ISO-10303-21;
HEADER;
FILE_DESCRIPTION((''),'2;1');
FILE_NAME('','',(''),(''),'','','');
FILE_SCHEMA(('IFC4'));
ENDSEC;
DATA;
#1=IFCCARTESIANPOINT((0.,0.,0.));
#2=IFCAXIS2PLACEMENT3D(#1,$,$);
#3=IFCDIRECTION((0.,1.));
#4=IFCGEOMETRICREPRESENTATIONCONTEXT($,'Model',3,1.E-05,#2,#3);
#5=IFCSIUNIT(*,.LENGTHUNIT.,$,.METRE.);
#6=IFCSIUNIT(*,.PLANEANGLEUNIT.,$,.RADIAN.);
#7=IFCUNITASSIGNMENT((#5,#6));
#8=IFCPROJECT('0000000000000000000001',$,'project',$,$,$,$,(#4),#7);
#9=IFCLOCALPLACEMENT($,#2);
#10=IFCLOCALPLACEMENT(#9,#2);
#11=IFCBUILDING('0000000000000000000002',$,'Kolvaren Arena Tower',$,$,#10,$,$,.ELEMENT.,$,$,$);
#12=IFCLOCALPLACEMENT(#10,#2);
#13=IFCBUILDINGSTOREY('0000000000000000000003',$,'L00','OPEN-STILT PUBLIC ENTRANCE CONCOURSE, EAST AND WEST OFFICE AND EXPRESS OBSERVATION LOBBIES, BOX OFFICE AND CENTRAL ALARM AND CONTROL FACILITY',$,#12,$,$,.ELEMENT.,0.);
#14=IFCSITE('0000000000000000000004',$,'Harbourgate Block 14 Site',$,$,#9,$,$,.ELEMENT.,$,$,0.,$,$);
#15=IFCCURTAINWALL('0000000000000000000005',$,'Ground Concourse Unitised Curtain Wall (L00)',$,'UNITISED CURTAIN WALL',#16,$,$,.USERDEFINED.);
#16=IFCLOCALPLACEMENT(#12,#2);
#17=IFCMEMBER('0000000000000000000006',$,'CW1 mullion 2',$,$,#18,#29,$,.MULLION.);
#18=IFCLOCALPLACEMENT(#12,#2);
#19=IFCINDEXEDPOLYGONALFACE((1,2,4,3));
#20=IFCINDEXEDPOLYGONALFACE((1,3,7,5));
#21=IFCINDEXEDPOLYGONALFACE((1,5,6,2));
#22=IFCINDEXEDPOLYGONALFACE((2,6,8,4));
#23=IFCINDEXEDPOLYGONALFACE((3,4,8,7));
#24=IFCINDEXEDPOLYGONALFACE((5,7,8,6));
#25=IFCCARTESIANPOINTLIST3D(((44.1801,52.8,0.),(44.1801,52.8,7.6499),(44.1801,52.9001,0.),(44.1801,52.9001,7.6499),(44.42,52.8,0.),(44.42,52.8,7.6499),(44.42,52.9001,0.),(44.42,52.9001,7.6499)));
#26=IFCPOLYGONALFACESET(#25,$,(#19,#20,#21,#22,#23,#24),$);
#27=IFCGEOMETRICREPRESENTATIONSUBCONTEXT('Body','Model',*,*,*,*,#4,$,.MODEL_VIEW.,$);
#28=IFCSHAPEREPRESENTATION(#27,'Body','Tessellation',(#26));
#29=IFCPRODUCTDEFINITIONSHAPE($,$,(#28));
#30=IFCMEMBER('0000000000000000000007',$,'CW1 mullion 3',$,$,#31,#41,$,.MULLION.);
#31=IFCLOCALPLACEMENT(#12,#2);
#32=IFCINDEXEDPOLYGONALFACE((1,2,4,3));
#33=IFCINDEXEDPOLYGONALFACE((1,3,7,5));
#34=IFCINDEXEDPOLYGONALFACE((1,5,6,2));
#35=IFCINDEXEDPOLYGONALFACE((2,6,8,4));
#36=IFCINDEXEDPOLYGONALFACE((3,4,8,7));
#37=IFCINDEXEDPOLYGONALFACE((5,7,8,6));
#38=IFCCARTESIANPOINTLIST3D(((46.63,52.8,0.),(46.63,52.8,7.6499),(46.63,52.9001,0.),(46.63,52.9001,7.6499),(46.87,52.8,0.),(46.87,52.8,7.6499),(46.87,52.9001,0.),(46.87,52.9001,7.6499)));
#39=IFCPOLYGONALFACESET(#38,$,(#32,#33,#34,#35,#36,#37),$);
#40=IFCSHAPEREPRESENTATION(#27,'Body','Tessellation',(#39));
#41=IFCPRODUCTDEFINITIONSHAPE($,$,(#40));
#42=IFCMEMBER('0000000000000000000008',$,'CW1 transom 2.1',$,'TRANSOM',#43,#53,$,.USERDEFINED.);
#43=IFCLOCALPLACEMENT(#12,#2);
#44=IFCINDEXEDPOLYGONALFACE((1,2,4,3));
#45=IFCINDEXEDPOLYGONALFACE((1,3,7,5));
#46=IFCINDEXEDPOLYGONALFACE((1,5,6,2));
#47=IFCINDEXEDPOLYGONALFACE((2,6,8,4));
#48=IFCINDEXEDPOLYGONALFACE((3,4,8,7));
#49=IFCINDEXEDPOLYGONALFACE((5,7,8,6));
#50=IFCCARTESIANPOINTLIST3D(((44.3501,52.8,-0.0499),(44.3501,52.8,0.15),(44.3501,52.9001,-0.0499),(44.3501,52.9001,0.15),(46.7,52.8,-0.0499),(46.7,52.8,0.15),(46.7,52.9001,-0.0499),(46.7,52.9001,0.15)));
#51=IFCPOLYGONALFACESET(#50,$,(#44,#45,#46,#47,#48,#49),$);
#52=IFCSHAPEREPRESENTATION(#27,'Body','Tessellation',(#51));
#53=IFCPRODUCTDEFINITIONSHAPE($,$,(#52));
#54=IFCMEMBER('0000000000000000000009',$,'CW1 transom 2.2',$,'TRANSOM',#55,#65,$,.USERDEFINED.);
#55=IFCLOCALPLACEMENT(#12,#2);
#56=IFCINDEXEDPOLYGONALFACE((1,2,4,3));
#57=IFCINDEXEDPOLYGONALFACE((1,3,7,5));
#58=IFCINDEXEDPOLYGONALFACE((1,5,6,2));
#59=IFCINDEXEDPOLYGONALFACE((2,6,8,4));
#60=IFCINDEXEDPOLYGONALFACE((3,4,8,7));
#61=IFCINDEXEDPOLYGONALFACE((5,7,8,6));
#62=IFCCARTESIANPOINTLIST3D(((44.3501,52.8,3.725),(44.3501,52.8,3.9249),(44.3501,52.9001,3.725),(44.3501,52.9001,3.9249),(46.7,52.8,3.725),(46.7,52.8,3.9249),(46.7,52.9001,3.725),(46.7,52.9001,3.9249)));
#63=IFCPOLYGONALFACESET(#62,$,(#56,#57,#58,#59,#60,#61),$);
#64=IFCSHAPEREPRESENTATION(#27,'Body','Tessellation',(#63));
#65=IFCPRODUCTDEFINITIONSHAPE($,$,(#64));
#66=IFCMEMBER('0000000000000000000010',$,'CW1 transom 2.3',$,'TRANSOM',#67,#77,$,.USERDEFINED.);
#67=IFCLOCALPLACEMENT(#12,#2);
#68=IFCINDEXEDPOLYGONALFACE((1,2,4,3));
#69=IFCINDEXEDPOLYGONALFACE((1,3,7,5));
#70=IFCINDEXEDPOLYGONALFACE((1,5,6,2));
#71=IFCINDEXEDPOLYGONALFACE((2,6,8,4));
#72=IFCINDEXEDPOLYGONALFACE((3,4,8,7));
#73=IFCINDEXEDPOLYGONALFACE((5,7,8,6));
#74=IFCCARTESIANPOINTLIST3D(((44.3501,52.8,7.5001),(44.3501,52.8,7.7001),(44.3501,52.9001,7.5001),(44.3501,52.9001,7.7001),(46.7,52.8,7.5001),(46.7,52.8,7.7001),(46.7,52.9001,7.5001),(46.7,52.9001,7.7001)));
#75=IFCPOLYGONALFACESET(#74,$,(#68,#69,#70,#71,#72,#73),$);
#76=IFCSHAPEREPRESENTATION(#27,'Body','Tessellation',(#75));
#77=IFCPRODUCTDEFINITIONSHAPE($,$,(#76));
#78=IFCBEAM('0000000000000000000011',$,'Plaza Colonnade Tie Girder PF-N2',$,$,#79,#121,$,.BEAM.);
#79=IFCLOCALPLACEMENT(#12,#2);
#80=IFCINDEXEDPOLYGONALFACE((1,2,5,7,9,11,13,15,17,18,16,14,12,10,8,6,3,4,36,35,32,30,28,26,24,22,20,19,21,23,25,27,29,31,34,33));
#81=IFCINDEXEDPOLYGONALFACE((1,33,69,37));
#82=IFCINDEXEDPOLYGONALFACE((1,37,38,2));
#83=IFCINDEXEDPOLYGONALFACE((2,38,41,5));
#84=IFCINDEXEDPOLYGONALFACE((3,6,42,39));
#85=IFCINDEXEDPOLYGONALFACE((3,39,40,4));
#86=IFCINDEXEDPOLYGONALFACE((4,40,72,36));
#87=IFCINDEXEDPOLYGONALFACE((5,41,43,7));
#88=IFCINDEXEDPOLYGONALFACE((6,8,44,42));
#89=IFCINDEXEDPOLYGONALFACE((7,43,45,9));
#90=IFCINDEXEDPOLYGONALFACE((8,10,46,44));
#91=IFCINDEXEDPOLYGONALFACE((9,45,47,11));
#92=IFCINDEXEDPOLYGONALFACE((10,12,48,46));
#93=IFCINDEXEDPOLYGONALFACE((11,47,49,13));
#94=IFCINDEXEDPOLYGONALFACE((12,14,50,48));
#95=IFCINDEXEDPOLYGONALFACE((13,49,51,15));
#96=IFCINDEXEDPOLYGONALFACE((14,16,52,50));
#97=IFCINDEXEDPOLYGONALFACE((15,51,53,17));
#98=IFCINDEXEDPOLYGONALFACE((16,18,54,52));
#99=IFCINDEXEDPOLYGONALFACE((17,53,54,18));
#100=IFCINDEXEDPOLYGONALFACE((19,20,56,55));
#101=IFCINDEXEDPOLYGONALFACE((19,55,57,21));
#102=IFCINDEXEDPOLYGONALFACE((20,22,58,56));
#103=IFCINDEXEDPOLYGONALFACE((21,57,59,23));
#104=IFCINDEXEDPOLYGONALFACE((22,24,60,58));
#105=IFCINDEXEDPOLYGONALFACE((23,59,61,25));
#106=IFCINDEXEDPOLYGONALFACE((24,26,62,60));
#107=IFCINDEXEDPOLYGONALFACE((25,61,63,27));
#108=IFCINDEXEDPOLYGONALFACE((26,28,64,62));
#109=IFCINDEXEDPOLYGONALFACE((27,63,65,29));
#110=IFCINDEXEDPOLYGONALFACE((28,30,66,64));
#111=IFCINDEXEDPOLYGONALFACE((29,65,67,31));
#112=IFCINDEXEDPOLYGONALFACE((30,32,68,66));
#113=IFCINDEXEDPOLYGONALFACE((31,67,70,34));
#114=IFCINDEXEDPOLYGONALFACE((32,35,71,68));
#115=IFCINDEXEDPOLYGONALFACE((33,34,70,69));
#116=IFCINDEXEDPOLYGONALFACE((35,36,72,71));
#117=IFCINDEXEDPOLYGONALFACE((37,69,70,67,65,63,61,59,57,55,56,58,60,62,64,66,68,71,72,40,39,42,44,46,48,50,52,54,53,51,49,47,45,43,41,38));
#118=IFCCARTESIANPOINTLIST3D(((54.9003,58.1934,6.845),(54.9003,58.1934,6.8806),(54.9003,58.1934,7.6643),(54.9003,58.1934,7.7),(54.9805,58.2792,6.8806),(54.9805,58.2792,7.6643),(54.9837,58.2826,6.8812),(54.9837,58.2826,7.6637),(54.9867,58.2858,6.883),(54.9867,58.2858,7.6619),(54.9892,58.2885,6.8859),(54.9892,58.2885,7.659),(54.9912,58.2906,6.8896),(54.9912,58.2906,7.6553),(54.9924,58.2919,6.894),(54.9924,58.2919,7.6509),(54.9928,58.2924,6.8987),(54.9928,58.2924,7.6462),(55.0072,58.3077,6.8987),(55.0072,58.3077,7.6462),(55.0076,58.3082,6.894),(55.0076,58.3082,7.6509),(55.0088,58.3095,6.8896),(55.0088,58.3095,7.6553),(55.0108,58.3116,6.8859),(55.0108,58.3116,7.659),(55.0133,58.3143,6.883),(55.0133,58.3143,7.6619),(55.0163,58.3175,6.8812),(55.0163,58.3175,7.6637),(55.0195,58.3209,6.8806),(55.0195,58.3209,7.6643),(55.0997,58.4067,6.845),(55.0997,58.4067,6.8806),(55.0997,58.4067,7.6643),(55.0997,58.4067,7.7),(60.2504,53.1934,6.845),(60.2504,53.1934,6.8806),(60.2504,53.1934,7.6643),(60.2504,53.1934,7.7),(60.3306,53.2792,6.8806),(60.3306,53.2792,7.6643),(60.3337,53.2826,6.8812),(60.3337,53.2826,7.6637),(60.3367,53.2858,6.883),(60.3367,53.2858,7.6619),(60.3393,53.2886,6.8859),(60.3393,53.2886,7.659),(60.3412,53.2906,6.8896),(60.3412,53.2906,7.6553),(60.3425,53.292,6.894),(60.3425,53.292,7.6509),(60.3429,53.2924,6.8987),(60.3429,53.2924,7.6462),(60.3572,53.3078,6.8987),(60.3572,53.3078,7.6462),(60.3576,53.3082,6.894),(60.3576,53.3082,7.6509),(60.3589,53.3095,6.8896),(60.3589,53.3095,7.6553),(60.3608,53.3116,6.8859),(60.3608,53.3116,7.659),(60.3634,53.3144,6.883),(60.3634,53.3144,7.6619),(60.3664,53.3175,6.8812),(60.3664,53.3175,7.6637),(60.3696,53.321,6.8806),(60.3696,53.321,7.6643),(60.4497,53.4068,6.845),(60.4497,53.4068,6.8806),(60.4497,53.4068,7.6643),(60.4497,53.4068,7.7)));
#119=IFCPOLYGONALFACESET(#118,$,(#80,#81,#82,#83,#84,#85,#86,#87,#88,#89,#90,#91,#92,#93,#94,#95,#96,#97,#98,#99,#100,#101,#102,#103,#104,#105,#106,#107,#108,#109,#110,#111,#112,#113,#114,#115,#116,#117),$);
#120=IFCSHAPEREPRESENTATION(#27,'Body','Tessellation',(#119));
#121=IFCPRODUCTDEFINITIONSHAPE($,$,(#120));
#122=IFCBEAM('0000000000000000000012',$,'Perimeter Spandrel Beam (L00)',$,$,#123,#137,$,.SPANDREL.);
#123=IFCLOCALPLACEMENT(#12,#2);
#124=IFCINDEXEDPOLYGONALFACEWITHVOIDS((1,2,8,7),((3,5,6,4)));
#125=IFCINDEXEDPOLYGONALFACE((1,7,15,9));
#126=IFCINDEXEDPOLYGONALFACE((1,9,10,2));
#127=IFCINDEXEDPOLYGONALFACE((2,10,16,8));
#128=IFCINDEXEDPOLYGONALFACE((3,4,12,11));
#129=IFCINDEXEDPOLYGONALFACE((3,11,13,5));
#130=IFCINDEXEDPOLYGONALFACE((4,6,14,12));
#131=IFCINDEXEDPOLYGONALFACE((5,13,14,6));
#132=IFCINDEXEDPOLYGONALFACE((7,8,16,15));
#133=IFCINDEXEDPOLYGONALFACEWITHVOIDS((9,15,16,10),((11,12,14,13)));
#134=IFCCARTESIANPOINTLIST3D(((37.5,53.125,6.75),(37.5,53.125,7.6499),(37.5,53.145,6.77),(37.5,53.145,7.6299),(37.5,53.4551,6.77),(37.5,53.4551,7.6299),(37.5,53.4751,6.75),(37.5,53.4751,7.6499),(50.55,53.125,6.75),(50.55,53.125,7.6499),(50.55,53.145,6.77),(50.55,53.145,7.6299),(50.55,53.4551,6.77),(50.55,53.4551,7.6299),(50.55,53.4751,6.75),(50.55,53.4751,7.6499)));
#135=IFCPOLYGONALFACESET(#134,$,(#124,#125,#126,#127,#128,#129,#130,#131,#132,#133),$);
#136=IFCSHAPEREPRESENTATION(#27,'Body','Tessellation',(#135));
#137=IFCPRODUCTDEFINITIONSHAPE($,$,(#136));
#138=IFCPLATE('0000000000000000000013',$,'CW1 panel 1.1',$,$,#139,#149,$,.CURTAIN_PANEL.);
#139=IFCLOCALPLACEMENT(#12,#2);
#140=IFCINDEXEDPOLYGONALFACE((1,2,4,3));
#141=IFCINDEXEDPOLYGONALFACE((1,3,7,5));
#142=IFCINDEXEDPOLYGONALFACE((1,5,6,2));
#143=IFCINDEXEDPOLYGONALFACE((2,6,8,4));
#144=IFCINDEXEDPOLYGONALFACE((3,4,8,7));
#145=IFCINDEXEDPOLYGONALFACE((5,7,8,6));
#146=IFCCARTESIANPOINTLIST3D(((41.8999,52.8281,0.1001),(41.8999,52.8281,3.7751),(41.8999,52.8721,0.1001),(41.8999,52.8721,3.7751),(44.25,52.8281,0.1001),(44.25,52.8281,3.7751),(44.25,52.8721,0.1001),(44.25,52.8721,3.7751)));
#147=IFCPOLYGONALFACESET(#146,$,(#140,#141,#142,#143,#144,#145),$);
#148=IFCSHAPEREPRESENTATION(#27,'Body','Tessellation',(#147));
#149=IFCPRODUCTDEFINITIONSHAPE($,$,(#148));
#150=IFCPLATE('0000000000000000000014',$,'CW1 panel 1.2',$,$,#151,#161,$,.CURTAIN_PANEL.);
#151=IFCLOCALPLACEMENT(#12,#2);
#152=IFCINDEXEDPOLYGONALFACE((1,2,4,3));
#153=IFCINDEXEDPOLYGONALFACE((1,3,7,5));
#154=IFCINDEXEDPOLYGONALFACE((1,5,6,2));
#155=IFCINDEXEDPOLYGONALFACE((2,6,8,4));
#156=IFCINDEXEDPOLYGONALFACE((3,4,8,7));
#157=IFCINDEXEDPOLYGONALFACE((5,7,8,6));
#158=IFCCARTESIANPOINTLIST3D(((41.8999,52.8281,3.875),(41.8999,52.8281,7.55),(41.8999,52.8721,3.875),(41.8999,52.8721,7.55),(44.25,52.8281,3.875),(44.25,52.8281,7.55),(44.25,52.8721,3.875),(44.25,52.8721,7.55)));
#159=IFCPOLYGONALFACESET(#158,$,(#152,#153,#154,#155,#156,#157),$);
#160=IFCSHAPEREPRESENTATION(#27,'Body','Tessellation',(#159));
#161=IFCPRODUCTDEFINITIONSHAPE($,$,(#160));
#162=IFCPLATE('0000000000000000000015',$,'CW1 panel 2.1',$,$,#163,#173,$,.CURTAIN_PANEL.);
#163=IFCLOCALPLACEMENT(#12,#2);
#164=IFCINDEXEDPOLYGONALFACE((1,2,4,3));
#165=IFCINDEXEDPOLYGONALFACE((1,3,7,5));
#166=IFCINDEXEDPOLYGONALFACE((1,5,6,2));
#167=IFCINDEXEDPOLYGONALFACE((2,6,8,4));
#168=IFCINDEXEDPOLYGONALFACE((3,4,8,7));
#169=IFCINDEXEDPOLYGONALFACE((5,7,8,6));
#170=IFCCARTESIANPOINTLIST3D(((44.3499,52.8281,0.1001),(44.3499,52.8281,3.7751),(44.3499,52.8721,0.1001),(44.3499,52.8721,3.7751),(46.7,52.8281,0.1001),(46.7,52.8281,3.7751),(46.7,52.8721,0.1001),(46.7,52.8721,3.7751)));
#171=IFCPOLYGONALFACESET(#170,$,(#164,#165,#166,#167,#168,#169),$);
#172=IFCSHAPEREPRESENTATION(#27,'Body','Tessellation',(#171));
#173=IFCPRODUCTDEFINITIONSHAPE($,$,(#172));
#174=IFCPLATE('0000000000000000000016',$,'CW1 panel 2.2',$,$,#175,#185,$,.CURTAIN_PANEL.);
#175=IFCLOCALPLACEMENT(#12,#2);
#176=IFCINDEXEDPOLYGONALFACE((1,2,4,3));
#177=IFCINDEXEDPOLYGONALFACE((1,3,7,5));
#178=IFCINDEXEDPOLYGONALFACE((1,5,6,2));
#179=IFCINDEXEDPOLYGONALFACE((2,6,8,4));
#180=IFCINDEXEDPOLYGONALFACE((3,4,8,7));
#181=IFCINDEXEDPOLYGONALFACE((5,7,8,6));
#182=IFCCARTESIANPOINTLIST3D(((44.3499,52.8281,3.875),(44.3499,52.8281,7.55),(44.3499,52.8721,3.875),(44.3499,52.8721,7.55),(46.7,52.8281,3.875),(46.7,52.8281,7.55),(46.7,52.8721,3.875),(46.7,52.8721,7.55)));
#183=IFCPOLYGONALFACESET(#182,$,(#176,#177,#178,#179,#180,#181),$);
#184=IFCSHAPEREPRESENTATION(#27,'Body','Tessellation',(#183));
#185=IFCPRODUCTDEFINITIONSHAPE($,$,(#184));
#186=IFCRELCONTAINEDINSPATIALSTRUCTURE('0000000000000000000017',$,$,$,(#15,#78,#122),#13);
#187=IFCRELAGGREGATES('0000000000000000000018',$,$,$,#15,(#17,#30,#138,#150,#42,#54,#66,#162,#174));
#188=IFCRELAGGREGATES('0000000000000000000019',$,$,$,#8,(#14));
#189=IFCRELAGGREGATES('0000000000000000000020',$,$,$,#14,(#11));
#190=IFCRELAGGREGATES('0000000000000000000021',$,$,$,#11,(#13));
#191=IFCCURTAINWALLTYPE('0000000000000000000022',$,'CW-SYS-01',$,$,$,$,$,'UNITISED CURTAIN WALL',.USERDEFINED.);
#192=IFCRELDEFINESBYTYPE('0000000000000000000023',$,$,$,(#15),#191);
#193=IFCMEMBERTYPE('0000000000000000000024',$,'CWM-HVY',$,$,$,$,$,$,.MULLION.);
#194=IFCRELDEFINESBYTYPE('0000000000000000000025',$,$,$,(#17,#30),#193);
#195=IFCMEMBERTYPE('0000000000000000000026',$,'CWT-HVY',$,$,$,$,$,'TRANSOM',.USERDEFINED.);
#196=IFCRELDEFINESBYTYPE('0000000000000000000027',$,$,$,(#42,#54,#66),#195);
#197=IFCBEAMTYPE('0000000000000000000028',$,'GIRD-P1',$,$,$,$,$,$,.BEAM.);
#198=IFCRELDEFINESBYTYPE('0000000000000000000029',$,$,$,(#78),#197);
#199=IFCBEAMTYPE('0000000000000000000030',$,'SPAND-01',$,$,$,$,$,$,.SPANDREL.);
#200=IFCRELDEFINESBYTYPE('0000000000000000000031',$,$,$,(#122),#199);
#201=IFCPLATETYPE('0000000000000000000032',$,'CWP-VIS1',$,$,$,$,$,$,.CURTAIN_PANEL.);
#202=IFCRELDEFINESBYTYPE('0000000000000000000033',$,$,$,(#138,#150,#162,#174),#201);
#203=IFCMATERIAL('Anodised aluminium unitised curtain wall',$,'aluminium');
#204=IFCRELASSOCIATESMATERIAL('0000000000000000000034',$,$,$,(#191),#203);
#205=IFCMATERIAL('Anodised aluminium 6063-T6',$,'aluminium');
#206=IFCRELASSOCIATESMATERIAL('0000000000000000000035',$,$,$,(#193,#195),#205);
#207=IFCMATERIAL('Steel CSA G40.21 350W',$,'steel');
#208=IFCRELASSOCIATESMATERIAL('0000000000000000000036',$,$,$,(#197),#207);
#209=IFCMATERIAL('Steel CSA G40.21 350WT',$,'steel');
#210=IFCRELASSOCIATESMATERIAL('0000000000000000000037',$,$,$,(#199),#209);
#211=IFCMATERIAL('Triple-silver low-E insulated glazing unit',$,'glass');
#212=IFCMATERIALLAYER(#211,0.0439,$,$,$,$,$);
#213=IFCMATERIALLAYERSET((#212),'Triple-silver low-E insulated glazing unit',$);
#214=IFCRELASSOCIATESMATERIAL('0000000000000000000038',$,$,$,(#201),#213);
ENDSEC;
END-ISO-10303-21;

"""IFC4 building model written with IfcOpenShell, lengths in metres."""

from ifc_helpers import new_model, si_unit, direction, frame, origin, origin_2d, place, context, subcontext, project, spatial, rectangle, hollow_rectangle, i_section, extrude, material, layer, layer_set, material_profile, profile_set, type_object, element, aggregate, save


model = new_model("IFC4")

# Units and contexts
model_context = context("Model", 3, precision=1e-05, world=origin(), true_north=direction((0.0, 1.0)))
body_context = subcontext(model_context, "Body", "Model", "MODEL_VIEW")
ifc_project = project(units=[si_unit("LENGTHUNIT", "METRE"), si_unit("PLANEANGLEUNIT", "RADIAN")], contexts=[model_context])

# Site, building, storey
site_placement = place(None, origin())
site = spatial("IfcSite", under=ifc_project, at=site_placement, Name="Harbourgate Block 14 Site", CompositionType="ELEMENT", RefElevation=0.0)
building_placement = place(site_placement, origin())
building = spatial("IfcBuilding", under=site, at=building_placement, Name="Kolvaren Arena Tower", CompositionType="ELEMENT")
storey_placement = place(building_placement, origin())
storey = spatial("IfcBuildingStorey", under=building, at=storey_placement, Name="L00", Description="OPEN-STILT PUBLIC ENTRANCE CONCOURSE, EAST AND WEST OFFICE AND EXPRESS OBSERVATION LOBBIES, BOX OFFICE AND CENTRAL ALARM AND CONTROL FACILITY", CompositionType="ELEMENT", Elevation=0.0)

# Curtain wall, members
ifc_material_1 = material(Name="Anodised aluminium unitised curtain wall", Category="aluminium")
curtain_wall_type = type_object("IfcCurtainWallType", Name="CW-SYS-01", ElementType="UNITISED CURTAIN WALL", PredefinedType="USERDEFINED", material=ifc_material_1)
curtain_wall_placement = place(storey_placement, origin())
curtain_wall = element("IfcCurtainWall", 1, at=curtain_wall_placement, inside=storey, type_object=curtain_wall_type, Name="Ground Concourse Unitised Curtain Wall (L00)", ObjectType="UNITISED CURTAIN WALL", PredefinedType="USERDEFINED")
ifc_material_2 = material(Name="Anodised aluminium 6063-T6", Category="aluminium")
ifc_material_profile_1 = material_profile(ifc_material_2, rectangle(XDim=0.1001, YDim=0.24, at=origin_2d()), Name="ALU-100x240")
ifc_profile_set_1 = profile_set([ifc_material_profile_1], Name="Anodised aluminium 6063-T6")
member_type_1 = type_object("IfcMemberType", Name="CWM-HVY", PredefinedType="MULLION", material=ifc_profile_set_1)
member_1_placement = place(storey_placement, frame((44.3, 52.8501, 0.0), z_axis=(0.0, 0.0, 1.0), x_axis=(0.0, 1.0, 0.0)))
member_1 = element("IfcMember", 2, at=member_1_placement, type_object=member_type_1, Name="CW1 mullion 2", PredefinedType="MULLION", context=body_context, shape_type="SweptSolid", body=[
    extrude(rectangle(XDim=0.1001, YDim=0.24, at=origin_2d()), origin(), (0.0, 0.0, 1.0), 7.6499),
])
member_2_placement = place(storey_placement, frame((46.75, 52.8501, 0.0), z_axis=(0.0, 0.0, 1.0), x_axis=(0.0, 1.0, 0.0)))
member_2 = element("IfcMember", 3, at=member_2_placement, type_object=member_type_1, Name="CW1 mullion 3", PredefinedType="MULLION", context=body_context, shape_type="SweptSolid", body=[
    extrude(rectangle(XDim=0.1001, YDim=0.24, at=origin_2d()), origin(), (0.0, 0.0, 1.0), 7.6499),
])
ifc_material_profile_2 = material_profile(ifc_material_2, rectangle(XDim=0.1001, YDim=0.2, at=origin_2d()), Name="ALU-100x200")
ifc_profile_set_2 = profile_set([ifc_material_profile_2], Name="Anodised aluminium 6063-T6")
member_type_2 = type_object("IfcMemberType", Name="CWT-HVY", ElementType="TRANSOM", PredefinedType="USERDEFINED", material=ifc_profile_set_2)
member_3_placement = place(storey_placement, frame((44.3501, 52.8501, 0.05), z_axis=(1.0, 0.0, 0.0), x_axis=(0.0, 1.0, 0.0)))
member_3 = element("IfcMember", 4, at=member_3_placement, type_object=member_type_2, Name="CW1 transom 2.1", ObjectType="TRANSOM", PredefinedType="USERDEFINED", context=body_context, shape_type="SweptSolid", body=[
    extrude(rectangle(XDim=0.1001, YDim=0.2, at=origin_2d()), origin(), (0.0, 0.0, 1.0), 2.3499),
])
member_4_placement = place(storey_placement, frame((44.3501, 52.8501, 3.825), z_axis=(1.0, 0.0, 0.0), x_axis=(0.0, 1.0, 0.0)))
member_4 = element("IfcMember", 5, at=member_4_placement, type_object=member_type_2, Name="CW1 transom 2.2", ObjectType="TRANSOM", PredefinedType="USERDEFINED", context=body_context, shape_type="SweptSolid", body=[
    extrude(rectangle(XDim=0.1001, YDim=0.2, at=origin_2d()), origin(), (0.0, 0.0, 1.0), 2.3499),
])
member_5_placement = place(storey_placement, frame((44.3501, 52.8501, 7.6001), z_axis=(1.0, 0.0, 0.0), x_axis=(0.0, 1.0, 0.0)))
member_5 = element("IfcMember", 6, at=member_5_placement, type_object=member_type_2, Name="CW1 transom 2.3", ObjectType="TRANSOM", PredefinedType="USERDEFINED", context=body_context, shape_type="SweptSolid", body=[
    extrude(rectangle(XDim=0.1001, YDim=0.2, at=origin_2d()), origin(), (0.0, 0.0, 1.0), 2.3499),
])

# Beams
ifc_material_3 = material(Name="Steel CSA G40.21 350W", Category="steel")
ifc_material_profile_3 = material_profile(ifc_material_3, i_section(OverallWidth=0.292, OverallDepth=0.855, WebThickness=0.021, FlangeThickness=0.0356, FilletRadius=0.0181, at=origin_2d()), Name="W840x299")
ifc_profile_set_3 = profile_set([ifc_material_profile_3], Name="Steel CSA G40.21 350W")
beam_type_1 = type_object("IfcBeamType", Name="GIRD-P1", PredefinedType="BEAM", material=ifc_profile_set_3)
beam_1_placement = place(storey_placement, frame((55.0, 58.3, 7.2725), z_axis=(0.730607, -0.682798, 0.0), x_axis=(0.682798, 0.730607, 0.0)))
element("IfcBeam", 7, at=beam_1_placement, inside=storey, type_object=beam_type_1, Name="Plaza Colonnade Tie Girder PF-N2", PredefinedType="BEAM", context=body_context, shape_type="SweptSolid", body=[
    extrude(i_section(OverallWidth=0.292, OverallDepth=0.855, WebThickness=0.021, FlangeThickness=0.0356, FilletRadius=0.0181, at=origin_2d()), origin(), (0.0, 0.0, 1.0), 7.3228),
])
ifc_material_4 = material(Name="Steel CSA G40.21 350WT", Category="steel")
ifc_material_profile_4 = material_profile(ifc_material_4, hollow_rectangle(XDim=0.3501, YDim=0.8999, WallThickness=0.02, at=origin_2d()), Name="HSS 900x350x20")
ifc_profile_set_4 = profile_set([ifc_material_profile_4], Name="Steel CSA G40.21 350WT")
beam_type_2 = type_object("IfcBeamType", Name="SPAND-01", PredefinedType="SPANDREL", material=ifc_profile_set_4)
beam_2_placement = place(storey_placement, frame((50.55, 53.3, 7.2), z_axis=(-1.0, 0.0, 0.0), x_axis=(0.0, -1.0, 0.0)))
element("IfcBeam", 8, at=beam_2_placement, inside=storey, type_object=beam_type_2, Name="Perimeter Spandrel Beam (L00)", PredefinedType="SPANDREL", context=body_context, shape_type="SweptSolid", body=[
    extrude(hollow_rectangle(XDim=0.3501, YDim=0.8999, WallThickness=0.02, at=origin_2d()), origin(), (0.0, 0.0, 1.0), 13.05),
])

# Plates
ifc_material_5 = material(Name="Triple-silver low-E insulated glazing unit", Category="glass")
ifc_layer_1 = layer(ifc_material_5, 0.0439)
ifc_layer_set_1 = layer_set([ifc_layer_1], Name="Triple-silver low-E insulated glazing unit")
plate_type_1 = type_object("IfcPlateType", Name="CWP-VIS1", PredefinedType="CURTAIN_PANEL", material=ifc_layer_set_1)
plate_1_placement = place(storey_placement, frame((43.075, 52.8501, 0.1001), z_axis=(0.0, 0.0, 1.0), x_axis=(1.0, 0.0, 0.0)))
plate_1 = element("IfcPlate", 9, at=plate_1_placement, type_object=plate_type_1, Name="CW1 panel 1.1", PredefinedType="CURTAIN_PANEL", context=body_context, shape_type="SweptSolid", body=[
    extrude(rectangle(XDim=2.3501, YDim=0.0439, at=origin_2d()), origin(), (0.0, 0.0, 1.0), 3.675),
])
plate_2_placement = place(storey_placement, frame((43.075, 52.8501, 3.875), z_axis=(0.0, 0.0, 1.0), x_axis=(1.0, 0.0, 0.0)))
plate_2 = element("IfcPlate", 10, at=plate_2_placement, type_object=plate_type_1, Name="CW1 panel 1.2", PredefinedType="CURTAIN_PANEL", context=body_context, shape_type="SweptSolid", body=[
    extrude(rectangle(XDim=2.3501, YDim=0.0439, at=origin_2d()), origin(), (0.0, 0.0, 1.0), 3.675),
])
plate_3_placement = place(storey_placement, frame((45.5249, 52.8501, 0.1001), z_axis=(0.0, 0.0, 1.0), x_axis=(1.0, 0.0, 0.0)))
plate_3 = element("IfcPlate", 11, at=plate_3_placement, type_object=plate_type_1, Name="CW1 panel 2.1", PredefinedType="CURTAIN_PANEL", context=body_context, shape_type="SweptSolid", body=[
    extrude(rectangle(XDim=2.3501, YDim=0.0439, at=origin_2d()), origin(), (0.0, 0.0, 1.0), 3.675),
])
plate_4_placement = place(storey_placement, frame((45.5249, 52.8501, 3.875), z_axis=(0.0, 0.0, 1.0), x_axis=(1.0, 0.0, 0.0)))
plate_4 = element("IfcPlate", 12, at=plate_4_placement, type_object=plate_type_1, Name="CW1 panel 2.2", PredefinedType="CURTAIN_PANEL", context=body_context, shape_type="SweptSolid", body=[
    extrude(rectangle(XDim=2.3501, YDim=0.0439, at=origin_2d()), origin(), (0.0, 0.0, 1.0), 3.675),
])
aggregate(curtain_wall, [member_1, member_2, plate_1, plate_2, member_3, member_4, member_5, plate_3, plate_4])

save(model, "model.ifc")
